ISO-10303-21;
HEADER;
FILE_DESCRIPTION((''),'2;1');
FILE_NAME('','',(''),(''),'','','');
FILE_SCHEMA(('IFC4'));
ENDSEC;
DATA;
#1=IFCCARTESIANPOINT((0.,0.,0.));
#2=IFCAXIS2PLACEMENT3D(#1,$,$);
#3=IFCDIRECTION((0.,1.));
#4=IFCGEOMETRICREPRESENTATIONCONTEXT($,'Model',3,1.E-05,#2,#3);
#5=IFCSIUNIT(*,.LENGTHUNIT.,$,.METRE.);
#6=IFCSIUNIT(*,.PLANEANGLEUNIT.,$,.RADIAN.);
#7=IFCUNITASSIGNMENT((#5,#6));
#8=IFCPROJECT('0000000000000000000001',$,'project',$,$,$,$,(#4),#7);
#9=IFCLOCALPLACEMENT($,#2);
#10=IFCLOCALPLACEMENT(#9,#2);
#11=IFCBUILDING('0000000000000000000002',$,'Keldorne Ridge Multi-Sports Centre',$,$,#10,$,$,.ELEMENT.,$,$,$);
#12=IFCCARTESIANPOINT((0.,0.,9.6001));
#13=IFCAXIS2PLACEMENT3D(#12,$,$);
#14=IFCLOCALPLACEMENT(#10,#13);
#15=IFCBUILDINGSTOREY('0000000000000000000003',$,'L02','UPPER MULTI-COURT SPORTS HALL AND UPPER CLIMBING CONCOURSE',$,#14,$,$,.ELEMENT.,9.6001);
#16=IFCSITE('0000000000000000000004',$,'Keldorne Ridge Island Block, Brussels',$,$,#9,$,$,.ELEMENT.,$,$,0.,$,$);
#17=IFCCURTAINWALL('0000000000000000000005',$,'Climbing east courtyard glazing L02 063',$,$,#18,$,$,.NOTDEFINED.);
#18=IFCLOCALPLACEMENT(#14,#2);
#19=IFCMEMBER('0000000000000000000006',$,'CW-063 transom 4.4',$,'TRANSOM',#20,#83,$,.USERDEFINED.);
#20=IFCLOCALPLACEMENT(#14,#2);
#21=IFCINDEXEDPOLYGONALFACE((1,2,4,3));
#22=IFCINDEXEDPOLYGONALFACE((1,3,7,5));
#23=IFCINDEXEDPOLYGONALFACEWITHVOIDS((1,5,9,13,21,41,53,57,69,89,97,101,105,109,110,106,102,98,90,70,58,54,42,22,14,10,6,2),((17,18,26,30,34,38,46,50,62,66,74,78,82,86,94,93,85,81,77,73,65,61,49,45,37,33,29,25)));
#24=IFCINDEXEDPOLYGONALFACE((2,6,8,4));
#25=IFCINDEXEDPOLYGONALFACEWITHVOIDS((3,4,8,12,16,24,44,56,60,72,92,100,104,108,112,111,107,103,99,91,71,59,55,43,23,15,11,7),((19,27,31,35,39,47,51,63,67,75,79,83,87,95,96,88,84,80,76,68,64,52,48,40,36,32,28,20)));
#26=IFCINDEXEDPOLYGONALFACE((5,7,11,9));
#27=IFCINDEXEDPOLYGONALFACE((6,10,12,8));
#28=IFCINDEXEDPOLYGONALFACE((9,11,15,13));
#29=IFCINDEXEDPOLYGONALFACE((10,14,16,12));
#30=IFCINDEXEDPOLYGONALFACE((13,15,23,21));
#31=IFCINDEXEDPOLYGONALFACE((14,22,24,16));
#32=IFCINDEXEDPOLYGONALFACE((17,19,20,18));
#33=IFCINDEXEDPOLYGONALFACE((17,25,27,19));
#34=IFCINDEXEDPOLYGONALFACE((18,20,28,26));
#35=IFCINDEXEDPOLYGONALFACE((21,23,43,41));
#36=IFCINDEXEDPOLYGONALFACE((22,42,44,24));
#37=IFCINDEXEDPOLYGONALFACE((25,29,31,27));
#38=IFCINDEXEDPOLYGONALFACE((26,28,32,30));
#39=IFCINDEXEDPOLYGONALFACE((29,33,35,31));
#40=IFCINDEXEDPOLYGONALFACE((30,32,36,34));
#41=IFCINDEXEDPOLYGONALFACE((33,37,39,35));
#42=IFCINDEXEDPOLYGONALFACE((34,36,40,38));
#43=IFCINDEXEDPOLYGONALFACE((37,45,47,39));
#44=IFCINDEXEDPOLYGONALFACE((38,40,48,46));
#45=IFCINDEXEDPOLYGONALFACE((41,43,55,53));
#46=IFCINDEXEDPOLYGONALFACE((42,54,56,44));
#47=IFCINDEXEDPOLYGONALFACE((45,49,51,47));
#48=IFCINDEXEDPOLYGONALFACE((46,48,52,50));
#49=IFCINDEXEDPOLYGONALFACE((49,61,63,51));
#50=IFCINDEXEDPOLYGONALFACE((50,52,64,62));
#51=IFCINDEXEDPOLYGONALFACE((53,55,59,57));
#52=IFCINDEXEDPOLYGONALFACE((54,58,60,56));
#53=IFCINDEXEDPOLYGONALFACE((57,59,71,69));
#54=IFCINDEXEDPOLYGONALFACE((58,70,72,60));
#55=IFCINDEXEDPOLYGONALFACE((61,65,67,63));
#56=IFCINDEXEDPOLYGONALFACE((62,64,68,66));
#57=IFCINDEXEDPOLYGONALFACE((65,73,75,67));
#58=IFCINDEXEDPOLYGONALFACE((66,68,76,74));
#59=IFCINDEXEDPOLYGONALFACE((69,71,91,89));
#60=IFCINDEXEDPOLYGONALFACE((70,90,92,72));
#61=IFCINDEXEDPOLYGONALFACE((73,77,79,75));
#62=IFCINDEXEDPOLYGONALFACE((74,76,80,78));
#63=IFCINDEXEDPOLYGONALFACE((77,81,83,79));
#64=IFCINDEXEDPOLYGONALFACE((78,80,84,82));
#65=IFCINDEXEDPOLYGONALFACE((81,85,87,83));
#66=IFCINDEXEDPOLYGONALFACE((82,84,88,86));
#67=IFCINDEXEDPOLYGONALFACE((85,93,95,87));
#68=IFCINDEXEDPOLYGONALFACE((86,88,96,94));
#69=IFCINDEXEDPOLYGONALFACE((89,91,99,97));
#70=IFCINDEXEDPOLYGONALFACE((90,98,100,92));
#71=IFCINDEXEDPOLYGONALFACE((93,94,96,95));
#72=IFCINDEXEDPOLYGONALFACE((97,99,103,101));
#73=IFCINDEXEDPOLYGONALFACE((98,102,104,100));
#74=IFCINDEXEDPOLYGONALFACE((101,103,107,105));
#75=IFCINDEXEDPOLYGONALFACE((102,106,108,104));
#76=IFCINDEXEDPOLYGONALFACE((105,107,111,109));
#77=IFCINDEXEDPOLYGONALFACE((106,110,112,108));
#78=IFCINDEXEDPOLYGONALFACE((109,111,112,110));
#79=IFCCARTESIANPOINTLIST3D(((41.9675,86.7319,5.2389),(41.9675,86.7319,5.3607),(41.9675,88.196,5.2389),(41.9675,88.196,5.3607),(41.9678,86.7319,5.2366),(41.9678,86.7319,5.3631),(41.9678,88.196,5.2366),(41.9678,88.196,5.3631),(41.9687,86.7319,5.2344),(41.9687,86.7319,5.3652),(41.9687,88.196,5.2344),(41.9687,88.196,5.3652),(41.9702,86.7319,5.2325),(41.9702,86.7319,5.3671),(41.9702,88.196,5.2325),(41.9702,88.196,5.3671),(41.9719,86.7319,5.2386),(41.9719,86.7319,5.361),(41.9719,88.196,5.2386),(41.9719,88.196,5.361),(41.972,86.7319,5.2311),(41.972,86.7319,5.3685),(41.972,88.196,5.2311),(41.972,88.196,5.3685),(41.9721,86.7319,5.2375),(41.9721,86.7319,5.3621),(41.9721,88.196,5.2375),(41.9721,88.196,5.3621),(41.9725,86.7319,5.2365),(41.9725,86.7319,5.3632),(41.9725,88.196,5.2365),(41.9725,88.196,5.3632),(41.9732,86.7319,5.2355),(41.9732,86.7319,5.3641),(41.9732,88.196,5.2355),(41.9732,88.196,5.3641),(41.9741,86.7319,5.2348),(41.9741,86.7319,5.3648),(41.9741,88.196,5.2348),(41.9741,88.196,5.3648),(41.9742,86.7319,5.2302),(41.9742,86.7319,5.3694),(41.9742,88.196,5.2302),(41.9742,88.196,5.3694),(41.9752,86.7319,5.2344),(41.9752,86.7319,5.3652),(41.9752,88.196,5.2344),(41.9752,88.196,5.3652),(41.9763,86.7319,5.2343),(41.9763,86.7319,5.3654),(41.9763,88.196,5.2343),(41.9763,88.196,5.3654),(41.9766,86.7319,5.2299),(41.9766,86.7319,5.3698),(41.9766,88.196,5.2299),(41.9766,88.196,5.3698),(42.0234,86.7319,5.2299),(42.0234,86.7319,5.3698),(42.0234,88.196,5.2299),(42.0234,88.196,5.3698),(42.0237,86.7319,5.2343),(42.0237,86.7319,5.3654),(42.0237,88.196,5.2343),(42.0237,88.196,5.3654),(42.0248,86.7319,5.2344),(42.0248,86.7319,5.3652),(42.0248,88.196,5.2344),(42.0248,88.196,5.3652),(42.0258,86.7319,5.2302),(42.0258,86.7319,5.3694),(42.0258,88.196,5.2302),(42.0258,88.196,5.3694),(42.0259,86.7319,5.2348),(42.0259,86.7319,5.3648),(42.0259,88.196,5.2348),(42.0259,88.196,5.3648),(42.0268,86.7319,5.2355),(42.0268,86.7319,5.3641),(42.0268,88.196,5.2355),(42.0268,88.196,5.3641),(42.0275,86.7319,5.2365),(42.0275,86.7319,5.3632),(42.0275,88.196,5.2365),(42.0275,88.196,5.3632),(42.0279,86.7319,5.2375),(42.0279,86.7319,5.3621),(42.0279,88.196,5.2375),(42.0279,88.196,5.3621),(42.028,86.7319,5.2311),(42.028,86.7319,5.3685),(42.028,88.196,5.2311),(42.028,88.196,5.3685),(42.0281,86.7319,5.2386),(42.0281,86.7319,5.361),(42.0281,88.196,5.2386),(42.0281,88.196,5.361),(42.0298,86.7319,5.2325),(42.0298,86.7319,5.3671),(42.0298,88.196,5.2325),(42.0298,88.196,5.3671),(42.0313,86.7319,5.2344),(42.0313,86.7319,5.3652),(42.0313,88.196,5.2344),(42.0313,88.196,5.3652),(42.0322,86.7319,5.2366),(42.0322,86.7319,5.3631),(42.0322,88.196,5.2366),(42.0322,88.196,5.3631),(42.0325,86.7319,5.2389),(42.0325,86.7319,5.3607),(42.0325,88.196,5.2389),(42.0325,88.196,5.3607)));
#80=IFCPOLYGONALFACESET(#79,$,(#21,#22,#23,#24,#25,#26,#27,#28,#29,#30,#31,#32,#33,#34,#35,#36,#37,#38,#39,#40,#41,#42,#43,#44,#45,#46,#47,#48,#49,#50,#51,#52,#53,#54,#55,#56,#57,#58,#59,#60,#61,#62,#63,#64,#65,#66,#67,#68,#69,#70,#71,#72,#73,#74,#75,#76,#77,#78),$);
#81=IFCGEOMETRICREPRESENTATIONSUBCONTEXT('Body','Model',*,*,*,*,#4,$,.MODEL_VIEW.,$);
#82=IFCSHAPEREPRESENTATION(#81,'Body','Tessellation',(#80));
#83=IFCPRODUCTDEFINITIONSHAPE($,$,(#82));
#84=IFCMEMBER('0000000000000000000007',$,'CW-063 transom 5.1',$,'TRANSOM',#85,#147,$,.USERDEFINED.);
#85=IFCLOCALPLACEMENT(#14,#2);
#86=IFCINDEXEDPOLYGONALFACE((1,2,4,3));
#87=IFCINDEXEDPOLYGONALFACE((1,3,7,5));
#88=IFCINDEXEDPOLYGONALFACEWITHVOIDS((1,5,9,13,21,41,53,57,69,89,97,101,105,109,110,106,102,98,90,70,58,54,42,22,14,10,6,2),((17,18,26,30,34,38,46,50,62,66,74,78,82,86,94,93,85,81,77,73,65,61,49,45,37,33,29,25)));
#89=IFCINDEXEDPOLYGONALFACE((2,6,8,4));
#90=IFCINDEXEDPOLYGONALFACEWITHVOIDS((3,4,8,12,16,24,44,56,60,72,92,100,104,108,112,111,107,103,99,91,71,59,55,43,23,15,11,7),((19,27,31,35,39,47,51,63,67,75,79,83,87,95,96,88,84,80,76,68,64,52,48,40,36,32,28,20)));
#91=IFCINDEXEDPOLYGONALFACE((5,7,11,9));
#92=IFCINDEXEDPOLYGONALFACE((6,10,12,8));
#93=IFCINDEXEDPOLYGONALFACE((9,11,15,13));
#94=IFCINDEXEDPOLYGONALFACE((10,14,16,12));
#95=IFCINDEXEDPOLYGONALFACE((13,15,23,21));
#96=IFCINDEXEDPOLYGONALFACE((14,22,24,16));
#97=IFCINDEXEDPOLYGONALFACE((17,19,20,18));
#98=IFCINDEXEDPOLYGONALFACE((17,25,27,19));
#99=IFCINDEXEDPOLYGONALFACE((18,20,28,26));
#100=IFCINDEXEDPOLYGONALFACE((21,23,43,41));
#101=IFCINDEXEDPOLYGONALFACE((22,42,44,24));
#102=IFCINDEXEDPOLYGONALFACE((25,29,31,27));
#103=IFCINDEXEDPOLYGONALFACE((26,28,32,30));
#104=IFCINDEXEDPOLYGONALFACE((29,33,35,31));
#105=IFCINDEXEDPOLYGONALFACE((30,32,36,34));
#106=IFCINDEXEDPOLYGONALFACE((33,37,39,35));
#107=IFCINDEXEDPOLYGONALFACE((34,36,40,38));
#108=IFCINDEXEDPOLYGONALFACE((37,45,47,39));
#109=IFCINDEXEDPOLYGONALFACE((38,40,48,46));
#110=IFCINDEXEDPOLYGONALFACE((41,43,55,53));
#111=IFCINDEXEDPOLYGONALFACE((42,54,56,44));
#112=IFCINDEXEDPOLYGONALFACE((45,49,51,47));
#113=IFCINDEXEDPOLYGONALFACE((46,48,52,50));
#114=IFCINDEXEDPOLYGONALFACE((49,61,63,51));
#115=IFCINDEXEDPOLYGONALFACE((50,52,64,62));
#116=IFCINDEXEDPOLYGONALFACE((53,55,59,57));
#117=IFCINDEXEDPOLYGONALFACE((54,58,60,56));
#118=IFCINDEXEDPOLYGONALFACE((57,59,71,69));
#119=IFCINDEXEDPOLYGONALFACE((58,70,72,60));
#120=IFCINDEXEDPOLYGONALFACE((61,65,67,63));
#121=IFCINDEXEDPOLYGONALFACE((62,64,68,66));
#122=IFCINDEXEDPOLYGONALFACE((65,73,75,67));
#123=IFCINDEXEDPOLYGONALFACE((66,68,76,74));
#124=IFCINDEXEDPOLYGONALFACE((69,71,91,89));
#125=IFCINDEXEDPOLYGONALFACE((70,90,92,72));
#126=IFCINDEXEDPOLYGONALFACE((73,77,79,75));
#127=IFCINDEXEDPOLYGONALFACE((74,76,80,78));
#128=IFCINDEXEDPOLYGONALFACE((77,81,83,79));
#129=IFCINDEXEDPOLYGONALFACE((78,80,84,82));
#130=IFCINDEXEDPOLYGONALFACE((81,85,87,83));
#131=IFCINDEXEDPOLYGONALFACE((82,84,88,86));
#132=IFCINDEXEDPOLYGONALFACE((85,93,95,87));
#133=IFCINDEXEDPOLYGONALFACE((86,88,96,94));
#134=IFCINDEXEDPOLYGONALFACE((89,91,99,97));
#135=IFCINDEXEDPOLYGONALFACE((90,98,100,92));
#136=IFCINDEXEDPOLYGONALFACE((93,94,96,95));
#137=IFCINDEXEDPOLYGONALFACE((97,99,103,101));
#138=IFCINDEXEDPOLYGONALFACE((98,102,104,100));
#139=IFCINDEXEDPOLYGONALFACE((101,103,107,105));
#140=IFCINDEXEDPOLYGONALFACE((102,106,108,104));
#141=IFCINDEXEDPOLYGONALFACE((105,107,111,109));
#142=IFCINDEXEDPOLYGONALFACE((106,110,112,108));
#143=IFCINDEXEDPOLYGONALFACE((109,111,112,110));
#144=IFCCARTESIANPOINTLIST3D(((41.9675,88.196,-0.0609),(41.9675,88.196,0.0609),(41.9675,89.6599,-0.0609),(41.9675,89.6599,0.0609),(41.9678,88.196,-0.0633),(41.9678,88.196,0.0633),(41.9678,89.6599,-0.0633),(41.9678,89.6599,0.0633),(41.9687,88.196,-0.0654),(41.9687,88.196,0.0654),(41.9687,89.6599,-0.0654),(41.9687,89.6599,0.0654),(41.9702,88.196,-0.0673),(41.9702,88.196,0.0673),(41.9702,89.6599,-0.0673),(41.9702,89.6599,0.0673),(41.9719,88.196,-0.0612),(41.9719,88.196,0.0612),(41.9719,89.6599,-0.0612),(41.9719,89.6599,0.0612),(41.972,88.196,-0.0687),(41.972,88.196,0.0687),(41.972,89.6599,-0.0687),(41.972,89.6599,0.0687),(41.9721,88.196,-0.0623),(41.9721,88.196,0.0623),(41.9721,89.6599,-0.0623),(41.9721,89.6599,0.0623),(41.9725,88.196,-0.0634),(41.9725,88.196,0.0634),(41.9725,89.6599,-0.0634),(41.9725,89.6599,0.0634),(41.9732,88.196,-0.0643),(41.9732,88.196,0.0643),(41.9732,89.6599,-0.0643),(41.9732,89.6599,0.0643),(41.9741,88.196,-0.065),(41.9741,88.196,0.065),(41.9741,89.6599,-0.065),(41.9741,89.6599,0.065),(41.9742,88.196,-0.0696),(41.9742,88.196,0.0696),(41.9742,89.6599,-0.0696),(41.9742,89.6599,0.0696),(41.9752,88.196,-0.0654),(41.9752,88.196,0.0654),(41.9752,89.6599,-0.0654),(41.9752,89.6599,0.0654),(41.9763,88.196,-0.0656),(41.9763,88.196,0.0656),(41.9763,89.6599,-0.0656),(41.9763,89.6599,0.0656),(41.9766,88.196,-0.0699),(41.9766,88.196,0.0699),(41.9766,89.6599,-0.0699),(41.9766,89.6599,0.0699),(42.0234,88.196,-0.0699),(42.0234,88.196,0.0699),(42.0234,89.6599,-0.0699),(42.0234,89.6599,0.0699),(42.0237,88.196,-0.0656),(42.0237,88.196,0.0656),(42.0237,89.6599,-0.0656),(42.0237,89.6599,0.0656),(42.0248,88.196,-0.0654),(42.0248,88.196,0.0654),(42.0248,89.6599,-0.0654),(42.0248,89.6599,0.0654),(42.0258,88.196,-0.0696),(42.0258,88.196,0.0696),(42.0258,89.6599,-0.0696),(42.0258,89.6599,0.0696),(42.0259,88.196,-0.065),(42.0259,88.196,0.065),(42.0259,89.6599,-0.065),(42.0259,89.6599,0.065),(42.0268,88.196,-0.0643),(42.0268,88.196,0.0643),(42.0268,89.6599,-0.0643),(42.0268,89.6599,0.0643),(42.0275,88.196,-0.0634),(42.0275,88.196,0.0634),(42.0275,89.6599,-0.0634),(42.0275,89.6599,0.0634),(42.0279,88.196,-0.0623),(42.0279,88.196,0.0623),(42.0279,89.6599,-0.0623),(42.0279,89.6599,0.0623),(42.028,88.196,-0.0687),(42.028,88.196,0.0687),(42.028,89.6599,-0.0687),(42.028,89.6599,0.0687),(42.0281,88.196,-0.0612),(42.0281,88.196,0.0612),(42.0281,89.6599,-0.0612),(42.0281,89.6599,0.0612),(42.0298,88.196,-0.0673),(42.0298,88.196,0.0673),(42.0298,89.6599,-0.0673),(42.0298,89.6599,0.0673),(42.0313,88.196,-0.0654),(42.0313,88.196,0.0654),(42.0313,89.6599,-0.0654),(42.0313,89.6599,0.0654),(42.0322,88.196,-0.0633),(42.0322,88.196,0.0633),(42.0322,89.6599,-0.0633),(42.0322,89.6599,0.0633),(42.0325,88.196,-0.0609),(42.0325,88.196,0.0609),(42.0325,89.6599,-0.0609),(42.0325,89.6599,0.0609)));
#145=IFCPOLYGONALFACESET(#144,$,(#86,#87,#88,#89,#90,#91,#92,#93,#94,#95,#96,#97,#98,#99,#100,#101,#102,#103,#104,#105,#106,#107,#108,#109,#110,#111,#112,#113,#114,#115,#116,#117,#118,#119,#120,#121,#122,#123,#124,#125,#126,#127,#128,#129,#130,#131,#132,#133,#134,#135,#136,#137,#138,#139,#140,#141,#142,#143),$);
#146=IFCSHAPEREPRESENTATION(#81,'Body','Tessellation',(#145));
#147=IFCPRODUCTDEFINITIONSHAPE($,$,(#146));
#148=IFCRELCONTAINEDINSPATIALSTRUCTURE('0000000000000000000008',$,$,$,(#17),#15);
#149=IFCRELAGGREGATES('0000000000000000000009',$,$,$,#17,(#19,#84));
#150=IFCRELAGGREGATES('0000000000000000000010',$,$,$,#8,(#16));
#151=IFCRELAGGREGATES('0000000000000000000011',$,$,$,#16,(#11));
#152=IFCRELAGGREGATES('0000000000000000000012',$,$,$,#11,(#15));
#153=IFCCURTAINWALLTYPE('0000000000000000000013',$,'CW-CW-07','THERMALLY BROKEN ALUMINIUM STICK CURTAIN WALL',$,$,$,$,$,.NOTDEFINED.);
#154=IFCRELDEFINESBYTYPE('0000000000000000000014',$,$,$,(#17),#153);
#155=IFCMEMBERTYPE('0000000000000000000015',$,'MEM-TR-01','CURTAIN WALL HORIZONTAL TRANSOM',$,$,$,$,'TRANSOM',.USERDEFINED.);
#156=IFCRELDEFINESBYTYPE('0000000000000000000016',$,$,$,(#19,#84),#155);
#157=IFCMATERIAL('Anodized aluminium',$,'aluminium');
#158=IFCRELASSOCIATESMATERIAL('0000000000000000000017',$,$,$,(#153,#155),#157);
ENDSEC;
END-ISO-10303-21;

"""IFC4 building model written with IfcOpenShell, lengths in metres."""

from ifc_helpers import new_model, si_unit, direction, frame, origin, origin_2d, place, context, subcontext, project, spatial, hollow_rectangle, extrude, material, material_profile, profile_set, type_object, element, aggregate, save


model = new_model("IFC4")

# Units and contexts
model_context = context("Model", 3, precision=1e-05, world=origin(), true_north=direction((0.0, 1.0)))
body_context = subcontext(model_context, "Body", "Model", "MODEL_VIEW")
ifc_project = project(units=[si_unit("LENGTHUNIT", "METRE"), si_unit("PLANEANGLEUNIT", "RADIAN")], contexts=[model_context])

# Site, building, storey
site_placement = place(None, origin())
site = spatial("IfcSite", under=ifc_project, at=site_placement, Name="Keldorne Ridge Island Block, Brussels", CompositionType="ELEMENT", RefElevation=0.0)
building_placement = place(site_placement, origin())
building = spatial("IfcBuilding", under=site, at=building_placement, Name="Keldorne Ridge Multi-Sports Centre", CompositionType="ELEMENT")
storey_placement = place(building_placement, frame((0.0, 0.0, 9.6001)))
storey = spatial("IfcBuildingStorey", under=building, at=storey_placement, Name="L02", Description="UPPER MULTI-COURT SPORTS HALL AND UPPER CLIMBING CONCOURSE", CompositionType="ELEMENT", Elevation=9.6001)

# Curtain wall
ifc_material_1 = material(Name="Anodized aluminium", Category="aluminium")
curtain_wall_type = type_object("IfcCurtainWallType", Name="CW-CW-07", Description="THERMALLY BROKEN ALUMINIUM STICK CURTAIN WALL", PredefinedType="NOTDEFINED", material=ifc_material_1)
curtain_wall_placement = place(storey_placement, origin())
curtain_wall = element("IfcCurtainWall", 1, at=curtain_wall_placement, inside=storey, type_object=curtain_wall_type, Name="Climbing east courtyard glazing L02 063", PredefinedType="NOTDEFINED")

# Members
ifc_material_profile_1 = material_profile(ifc_material_1, hollow_rectangle(XDim=0.0649, YDim=0.1399, WallThickness=0.0044, InnerFilletRadius=0.0044, OuterFilletRadius=0.009, at=origin_2d()), Name="ALU TRANSOM 140x65x4.5")
ifc_profile_set_1 = profile_set([ifc_material_profile_1], Name="Anodized aluminium")
member_type_1 = type_object("IfcMemberType", Name="MEM-TR-01", Description="CURTAIN WALL HORIZONTAL TRANSOM", ElementType="TRANSOM", PredefinedType="USERDEFINED", material=ifc_profile_set_1)
member_1_placement = place(storey_placement, frame((42.0, 86.7319, 5.2998), z_axis=(0.0, 1.0, 0.0), x_axis=(-1.0, 0.0, 0.0)))
member_1 = element("IfcMember", 2, at=member_1_placement, type_object=member_type_1, Name="CW-063 transom 4.4", ObjectType="TRANSOM", PredefinedType="USERDEFINED", context=body_context, shape_type="SweptSolid", body=[
    extrude(hollow_rectangle(XDim=0.0649, YDim=0.1399, WallThickness=0.0044, InnerFilletRadius=0.0044, OuterFilletRadius=0.009, at=origin_2d()), origin(), (0.0, 0.0, 1.0), 1.4641),
])
member_2_placement = place(storey_placement, frame((42.0, 88.196, 0.0), z_axis=(0.0, 1.0, 0.0), x_axis=(-1.0, 0.0, 0.0)))
member_2 = element("IfcMember", 3, at=member_2_placement, type_object=member_type_1, Name="CW-063 transom 5.1", ObjectType="TRANSOM", PredefinedType="USERDEFINED", context=body_context, shape_type="SweptSolid", body=[
    extrude(hollow_rectangle(XDim=0.0649, YDim=0.1399, WallThickness=0.0044, InnerFilletRadius=0.0044, OuterFilletRadius=0.009, at=origin_2d()), origin(), (0.0, 0.0, 1.0), 1.4639),
])

aggregate(curtain_wall, [member_1, member_2])

save(model, "model.ifc")
